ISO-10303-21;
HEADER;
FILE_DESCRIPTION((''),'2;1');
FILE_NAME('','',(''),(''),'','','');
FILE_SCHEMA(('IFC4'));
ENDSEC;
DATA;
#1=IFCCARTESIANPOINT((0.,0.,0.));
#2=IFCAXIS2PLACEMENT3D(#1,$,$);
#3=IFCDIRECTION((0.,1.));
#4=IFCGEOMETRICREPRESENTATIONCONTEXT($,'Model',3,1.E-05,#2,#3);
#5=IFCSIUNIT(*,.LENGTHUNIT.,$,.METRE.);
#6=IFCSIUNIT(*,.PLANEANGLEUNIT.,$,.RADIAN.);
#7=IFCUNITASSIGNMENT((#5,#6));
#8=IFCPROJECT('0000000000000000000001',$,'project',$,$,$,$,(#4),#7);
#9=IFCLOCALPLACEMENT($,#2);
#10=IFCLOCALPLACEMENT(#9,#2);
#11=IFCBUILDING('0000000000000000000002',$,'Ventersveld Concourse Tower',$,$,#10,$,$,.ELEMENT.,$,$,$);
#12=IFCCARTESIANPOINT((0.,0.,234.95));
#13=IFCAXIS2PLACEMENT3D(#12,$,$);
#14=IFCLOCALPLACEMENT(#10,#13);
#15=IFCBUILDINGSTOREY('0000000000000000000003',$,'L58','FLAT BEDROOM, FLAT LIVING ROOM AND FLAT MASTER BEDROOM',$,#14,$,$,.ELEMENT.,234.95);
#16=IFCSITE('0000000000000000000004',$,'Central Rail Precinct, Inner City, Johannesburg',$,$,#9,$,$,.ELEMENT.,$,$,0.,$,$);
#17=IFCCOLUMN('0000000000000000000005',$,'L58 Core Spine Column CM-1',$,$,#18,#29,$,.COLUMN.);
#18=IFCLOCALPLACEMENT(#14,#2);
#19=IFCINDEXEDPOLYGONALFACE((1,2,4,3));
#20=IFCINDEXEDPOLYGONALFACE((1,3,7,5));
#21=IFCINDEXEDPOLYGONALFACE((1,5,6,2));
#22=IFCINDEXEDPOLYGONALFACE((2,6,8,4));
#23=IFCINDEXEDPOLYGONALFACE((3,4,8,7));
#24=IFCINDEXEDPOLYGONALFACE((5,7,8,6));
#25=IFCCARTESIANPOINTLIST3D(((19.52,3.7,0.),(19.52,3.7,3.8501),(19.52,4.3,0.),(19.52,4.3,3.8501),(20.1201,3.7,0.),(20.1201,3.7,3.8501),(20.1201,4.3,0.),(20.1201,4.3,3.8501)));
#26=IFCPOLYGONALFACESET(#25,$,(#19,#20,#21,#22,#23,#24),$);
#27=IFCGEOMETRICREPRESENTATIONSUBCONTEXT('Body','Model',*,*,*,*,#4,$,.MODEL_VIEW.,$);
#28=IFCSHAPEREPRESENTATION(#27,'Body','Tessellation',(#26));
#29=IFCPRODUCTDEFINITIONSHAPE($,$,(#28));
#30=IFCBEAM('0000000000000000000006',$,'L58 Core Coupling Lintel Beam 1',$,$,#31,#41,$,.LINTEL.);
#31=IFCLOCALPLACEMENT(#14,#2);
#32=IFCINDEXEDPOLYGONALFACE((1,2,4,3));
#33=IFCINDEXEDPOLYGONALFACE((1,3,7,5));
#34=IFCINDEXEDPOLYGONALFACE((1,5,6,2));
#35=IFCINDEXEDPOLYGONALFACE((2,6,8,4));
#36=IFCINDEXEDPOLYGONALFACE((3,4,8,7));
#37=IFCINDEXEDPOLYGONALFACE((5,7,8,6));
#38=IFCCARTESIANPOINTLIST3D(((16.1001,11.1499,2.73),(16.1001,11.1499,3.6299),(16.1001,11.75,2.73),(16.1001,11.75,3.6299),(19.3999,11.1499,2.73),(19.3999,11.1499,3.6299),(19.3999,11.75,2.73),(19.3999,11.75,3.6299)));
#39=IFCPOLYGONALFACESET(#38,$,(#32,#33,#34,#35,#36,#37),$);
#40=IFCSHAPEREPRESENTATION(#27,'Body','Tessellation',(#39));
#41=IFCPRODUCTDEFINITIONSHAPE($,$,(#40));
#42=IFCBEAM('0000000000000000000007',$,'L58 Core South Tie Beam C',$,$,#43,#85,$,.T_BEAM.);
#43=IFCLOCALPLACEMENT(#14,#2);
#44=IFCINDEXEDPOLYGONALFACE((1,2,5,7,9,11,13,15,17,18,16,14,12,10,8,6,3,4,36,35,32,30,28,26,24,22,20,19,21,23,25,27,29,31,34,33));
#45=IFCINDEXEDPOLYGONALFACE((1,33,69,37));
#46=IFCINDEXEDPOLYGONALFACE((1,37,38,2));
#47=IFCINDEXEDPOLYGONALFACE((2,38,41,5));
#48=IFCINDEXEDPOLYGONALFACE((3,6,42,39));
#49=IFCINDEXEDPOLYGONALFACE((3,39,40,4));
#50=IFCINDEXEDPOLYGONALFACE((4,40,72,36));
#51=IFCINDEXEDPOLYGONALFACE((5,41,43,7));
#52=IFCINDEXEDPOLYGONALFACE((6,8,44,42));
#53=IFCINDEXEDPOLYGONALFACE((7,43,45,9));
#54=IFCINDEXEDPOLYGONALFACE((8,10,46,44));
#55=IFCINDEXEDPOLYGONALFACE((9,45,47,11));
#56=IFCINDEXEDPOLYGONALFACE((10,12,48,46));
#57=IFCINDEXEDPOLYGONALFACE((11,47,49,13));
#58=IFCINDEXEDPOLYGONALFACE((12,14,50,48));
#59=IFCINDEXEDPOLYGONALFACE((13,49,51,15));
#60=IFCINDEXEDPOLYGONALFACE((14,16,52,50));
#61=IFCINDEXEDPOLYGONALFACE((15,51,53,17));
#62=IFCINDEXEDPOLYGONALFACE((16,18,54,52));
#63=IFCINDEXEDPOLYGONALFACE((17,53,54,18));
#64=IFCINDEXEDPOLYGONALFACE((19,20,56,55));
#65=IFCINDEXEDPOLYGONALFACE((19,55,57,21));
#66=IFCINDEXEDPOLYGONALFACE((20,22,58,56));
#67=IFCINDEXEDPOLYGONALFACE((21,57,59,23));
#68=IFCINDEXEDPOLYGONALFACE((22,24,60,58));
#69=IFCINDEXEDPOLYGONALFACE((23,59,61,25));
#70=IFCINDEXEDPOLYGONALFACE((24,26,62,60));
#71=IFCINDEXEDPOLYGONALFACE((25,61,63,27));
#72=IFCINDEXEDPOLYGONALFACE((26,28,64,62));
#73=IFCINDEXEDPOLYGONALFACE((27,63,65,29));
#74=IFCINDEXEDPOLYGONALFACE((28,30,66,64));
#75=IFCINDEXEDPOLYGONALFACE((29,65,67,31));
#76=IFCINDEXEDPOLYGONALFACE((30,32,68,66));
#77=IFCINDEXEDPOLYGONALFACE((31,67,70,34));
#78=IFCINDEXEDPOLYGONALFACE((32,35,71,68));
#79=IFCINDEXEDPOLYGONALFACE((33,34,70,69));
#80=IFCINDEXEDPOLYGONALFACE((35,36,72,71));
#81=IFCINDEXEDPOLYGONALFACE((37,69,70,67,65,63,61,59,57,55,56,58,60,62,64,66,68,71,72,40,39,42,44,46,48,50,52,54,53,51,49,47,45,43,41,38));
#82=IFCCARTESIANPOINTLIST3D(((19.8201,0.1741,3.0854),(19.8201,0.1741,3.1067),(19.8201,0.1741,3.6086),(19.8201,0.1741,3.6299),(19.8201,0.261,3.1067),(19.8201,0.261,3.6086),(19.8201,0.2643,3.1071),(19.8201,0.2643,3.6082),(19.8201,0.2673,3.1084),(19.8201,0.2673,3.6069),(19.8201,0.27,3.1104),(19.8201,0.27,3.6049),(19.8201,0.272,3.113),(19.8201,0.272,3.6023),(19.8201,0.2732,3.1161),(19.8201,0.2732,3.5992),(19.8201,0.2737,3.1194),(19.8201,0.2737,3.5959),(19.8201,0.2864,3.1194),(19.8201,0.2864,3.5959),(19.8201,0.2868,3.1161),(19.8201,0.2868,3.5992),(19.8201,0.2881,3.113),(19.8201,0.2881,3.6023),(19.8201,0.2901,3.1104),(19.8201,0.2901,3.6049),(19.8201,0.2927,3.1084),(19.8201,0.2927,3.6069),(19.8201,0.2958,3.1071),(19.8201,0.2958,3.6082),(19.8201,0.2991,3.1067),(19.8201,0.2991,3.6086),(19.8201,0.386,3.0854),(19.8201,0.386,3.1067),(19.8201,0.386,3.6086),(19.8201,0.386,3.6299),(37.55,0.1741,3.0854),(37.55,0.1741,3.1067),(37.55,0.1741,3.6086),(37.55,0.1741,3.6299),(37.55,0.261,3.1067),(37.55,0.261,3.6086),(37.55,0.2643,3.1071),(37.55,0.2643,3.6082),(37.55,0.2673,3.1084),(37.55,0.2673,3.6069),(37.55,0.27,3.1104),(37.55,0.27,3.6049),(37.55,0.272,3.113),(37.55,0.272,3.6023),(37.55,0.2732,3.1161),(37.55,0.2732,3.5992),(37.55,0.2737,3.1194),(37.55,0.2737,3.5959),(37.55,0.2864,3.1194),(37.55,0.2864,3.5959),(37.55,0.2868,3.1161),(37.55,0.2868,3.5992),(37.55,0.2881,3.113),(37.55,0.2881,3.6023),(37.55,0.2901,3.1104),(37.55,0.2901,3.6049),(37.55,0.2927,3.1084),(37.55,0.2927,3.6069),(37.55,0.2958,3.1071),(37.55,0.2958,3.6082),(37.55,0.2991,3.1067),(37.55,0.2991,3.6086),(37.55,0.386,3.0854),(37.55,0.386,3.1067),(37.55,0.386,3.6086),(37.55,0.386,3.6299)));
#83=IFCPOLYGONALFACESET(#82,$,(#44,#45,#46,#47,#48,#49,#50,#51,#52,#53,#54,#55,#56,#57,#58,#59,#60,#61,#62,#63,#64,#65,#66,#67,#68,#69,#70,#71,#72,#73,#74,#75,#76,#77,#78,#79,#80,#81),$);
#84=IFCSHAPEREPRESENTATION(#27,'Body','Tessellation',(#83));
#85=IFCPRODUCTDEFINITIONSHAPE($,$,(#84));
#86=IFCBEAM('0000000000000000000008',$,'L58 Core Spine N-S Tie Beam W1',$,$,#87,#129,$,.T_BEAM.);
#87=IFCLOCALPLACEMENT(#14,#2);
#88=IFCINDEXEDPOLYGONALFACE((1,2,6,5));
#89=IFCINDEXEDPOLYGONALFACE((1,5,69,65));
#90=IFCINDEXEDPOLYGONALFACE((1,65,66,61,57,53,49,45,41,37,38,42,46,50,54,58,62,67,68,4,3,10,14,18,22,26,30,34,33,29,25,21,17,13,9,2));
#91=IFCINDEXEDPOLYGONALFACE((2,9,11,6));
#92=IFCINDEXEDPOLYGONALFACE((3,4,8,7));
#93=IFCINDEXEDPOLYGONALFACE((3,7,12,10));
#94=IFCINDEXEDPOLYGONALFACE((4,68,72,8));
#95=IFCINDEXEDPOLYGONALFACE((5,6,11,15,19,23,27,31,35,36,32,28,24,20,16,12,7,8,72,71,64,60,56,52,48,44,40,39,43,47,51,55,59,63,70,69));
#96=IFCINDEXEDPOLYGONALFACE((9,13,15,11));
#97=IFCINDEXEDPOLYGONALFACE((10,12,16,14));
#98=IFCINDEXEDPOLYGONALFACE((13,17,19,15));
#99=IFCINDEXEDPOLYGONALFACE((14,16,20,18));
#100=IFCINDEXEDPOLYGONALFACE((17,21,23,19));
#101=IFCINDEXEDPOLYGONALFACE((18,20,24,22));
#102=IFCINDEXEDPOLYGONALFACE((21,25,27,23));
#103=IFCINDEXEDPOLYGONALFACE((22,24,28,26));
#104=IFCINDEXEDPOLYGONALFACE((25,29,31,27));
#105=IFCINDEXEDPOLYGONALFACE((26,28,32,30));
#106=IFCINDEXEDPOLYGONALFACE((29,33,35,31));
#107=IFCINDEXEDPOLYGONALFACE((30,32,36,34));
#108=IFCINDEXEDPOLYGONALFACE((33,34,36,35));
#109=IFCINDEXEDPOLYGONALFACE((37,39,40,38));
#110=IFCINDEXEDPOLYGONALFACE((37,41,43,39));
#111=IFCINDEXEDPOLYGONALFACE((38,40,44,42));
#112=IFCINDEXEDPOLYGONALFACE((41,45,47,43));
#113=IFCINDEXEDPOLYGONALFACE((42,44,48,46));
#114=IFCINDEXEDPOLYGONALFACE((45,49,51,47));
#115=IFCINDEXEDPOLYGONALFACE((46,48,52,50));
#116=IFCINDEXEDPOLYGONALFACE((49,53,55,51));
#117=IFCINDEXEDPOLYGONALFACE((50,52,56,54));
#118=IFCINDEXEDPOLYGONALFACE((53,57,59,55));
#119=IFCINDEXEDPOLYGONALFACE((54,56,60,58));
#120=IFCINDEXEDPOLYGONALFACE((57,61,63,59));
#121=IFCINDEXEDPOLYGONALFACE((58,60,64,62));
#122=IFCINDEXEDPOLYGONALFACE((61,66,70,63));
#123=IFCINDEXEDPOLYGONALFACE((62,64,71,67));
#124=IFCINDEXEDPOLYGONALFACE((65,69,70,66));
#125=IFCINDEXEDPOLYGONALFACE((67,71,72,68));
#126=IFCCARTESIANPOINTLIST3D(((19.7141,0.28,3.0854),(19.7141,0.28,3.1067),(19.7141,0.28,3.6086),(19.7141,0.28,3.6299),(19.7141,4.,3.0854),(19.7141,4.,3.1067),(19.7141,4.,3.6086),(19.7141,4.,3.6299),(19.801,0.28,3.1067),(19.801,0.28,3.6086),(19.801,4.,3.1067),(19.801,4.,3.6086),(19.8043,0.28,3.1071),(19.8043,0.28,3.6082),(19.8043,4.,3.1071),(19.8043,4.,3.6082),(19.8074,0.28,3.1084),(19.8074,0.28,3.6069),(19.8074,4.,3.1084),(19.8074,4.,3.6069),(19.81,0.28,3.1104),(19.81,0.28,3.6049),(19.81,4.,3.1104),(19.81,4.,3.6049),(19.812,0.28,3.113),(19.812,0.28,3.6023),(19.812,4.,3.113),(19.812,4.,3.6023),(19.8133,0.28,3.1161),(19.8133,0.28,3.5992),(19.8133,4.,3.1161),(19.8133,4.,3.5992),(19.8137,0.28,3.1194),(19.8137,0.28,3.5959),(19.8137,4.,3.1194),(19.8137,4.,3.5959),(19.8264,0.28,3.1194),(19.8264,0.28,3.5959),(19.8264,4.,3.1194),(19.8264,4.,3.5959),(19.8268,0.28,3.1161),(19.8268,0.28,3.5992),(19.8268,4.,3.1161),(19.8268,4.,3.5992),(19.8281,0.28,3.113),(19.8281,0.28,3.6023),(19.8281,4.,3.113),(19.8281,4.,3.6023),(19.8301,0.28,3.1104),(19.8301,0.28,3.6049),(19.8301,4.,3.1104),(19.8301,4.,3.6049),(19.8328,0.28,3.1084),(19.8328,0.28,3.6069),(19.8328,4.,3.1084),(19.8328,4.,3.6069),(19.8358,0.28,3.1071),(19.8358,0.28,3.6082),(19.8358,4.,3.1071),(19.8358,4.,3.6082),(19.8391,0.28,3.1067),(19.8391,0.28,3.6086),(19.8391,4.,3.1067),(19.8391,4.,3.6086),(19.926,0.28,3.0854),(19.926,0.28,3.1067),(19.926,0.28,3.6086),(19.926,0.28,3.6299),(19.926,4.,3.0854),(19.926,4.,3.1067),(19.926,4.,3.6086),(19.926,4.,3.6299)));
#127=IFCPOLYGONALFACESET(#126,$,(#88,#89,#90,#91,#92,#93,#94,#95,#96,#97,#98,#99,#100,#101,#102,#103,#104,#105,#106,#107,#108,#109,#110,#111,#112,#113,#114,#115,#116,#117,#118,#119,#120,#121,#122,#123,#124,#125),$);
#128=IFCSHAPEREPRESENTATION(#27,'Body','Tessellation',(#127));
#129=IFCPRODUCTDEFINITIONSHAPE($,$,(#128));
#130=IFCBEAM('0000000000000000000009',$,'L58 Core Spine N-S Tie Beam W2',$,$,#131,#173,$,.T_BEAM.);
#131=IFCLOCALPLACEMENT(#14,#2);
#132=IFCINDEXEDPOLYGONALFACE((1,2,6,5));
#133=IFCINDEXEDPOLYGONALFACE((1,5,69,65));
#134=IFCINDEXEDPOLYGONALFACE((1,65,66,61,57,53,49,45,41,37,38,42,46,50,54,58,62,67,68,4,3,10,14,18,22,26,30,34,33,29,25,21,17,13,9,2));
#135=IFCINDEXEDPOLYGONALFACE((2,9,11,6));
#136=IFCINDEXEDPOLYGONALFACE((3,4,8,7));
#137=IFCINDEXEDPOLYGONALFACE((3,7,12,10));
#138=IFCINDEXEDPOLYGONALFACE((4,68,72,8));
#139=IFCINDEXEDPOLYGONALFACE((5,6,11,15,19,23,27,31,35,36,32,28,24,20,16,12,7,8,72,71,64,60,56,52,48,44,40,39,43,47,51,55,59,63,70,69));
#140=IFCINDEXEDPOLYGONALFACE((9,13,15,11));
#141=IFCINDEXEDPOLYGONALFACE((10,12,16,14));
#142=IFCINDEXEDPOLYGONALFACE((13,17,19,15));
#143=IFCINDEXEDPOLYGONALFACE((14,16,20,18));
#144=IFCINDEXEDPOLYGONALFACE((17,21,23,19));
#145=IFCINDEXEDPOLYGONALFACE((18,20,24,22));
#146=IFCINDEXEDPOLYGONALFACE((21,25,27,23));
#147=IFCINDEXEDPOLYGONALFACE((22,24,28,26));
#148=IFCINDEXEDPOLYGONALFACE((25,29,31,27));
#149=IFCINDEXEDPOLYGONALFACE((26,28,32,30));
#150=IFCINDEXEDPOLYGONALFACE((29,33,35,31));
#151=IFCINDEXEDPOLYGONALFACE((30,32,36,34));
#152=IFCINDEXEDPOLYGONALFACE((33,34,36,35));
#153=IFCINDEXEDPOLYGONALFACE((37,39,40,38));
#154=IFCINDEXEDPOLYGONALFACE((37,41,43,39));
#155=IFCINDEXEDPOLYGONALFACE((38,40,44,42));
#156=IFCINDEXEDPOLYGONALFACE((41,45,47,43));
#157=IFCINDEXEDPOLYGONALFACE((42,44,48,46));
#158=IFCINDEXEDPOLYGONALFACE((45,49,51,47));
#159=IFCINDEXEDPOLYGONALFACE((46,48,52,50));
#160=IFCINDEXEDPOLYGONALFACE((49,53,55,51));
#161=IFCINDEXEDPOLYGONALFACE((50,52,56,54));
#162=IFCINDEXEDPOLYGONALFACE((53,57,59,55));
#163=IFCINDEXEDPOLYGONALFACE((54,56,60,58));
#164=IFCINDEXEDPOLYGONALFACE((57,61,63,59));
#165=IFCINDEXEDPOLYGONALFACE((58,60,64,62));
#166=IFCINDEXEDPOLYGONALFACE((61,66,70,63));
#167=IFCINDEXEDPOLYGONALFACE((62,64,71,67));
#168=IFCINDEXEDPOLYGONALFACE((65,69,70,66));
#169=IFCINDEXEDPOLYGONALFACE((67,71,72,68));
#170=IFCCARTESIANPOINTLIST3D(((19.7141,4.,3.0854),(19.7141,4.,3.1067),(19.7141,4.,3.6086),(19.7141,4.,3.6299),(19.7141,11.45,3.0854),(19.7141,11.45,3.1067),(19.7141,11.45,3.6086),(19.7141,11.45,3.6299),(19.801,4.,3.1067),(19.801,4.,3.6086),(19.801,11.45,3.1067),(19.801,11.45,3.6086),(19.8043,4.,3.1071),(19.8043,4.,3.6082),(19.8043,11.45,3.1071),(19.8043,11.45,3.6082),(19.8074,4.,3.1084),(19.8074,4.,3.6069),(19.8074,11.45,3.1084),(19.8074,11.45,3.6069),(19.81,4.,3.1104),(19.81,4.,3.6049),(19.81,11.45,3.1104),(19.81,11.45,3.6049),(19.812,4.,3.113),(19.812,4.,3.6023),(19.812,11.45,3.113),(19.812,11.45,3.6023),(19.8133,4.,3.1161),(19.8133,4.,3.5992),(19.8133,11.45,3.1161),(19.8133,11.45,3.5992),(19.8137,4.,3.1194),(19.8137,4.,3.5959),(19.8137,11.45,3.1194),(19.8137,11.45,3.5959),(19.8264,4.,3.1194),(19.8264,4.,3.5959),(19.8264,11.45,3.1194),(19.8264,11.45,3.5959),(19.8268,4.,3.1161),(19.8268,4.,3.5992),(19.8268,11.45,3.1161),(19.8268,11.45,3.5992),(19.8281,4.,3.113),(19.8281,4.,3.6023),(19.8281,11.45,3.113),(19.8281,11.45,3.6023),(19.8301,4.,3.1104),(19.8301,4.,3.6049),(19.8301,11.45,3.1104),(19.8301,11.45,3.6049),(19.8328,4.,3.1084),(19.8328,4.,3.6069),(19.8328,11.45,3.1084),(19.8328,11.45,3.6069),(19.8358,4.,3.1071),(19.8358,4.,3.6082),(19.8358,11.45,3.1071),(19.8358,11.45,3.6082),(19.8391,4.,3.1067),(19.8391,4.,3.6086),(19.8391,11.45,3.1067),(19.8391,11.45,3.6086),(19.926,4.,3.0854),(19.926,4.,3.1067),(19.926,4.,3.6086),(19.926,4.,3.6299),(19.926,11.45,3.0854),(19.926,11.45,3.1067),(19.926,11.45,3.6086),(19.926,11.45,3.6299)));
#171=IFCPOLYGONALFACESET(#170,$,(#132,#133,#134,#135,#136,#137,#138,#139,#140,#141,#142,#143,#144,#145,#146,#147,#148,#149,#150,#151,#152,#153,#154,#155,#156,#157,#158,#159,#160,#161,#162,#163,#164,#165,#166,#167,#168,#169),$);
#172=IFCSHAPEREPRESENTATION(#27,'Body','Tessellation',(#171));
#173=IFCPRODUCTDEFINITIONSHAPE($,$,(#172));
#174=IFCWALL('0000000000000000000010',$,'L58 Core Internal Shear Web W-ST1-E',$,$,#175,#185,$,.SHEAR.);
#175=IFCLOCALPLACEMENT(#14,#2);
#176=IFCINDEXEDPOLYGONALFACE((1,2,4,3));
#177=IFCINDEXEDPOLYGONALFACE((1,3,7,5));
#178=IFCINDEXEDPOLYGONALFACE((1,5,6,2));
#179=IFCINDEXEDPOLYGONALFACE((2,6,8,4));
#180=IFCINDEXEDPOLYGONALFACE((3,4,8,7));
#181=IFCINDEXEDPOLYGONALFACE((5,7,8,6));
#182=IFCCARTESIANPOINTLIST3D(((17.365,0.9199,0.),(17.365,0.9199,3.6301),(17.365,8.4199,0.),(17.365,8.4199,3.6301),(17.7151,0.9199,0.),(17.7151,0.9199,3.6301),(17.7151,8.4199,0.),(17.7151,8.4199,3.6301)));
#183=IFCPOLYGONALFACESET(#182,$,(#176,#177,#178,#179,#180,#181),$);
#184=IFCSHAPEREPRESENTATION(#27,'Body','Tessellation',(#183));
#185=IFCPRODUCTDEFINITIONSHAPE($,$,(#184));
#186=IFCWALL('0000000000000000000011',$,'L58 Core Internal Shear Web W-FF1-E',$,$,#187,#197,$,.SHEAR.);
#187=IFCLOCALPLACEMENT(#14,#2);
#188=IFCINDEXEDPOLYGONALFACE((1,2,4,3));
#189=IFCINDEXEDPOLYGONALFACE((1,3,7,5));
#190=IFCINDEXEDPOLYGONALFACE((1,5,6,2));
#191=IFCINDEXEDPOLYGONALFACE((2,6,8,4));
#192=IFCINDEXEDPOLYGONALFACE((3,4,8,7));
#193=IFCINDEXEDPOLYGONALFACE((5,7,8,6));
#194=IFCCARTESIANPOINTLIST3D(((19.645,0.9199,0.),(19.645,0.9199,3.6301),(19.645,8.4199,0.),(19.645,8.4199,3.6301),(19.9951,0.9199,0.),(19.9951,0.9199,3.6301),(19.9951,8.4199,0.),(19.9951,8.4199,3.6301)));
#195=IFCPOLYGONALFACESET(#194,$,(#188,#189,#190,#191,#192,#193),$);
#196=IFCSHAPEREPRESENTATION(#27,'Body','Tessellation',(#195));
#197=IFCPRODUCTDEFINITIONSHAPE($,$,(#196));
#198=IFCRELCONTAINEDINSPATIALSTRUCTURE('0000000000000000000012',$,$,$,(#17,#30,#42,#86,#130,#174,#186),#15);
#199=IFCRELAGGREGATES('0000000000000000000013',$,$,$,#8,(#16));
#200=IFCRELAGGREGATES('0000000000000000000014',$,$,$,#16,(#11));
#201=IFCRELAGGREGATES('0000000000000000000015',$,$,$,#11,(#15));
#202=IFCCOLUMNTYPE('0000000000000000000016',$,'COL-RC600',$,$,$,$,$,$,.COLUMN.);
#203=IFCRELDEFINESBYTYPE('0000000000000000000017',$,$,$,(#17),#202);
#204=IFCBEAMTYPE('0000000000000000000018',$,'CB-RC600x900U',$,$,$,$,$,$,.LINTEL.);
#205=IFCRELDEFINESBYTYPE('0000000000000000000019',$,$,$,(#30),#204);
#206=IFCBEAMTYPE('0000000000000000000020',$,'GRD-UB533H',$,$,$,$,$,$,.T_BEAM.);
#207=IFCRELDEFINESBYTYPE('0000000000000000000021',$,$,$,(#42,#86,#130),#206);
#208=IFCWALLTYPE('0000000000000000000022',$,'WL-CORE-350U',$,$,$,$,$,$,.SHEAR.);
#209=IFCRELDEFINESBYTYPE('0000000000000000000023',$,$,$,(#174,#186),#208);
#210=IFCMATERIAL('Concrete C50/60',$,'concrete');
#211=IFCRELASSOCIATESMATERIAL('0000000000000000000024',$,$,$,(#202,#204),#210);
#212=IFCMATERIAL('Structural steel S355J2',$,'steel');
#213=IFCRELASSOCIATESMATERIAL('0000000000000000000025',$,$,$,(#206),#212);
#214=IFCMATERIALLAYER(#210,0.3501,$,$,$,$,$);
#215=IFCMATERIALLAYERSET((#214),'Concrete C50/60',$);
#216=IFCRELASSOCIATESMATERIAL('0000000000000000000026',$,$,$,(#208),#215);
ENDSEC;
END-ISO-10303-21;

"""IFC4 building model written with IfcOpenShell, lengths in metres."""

from ifc_helpers import new_model, si_unit, direction, frame, frame_2d, origin, origin_2d, place, context, subcontext, project, spatial, rectangle, i_section, extrude, material, layer, layer_set, material_profile, profile_set, type_object, element, save


model = new_model("IFC4")

# Units and contexts
model_context = context("Model", 3, precision=1e-05, world=origin(), true_north=direction((0.0, 1.0)))
body_context = subcontext(model_context, "Body", "Model", "MODEL_VIEW")
ifc_project = project(units=[si_unit("LENGTHUNIT", "METRE"), si_unit("PLANEANGLEUNIT", "RADIAN")], contexts=[model_context])

# Site, building, storey
site_placement = place(None, origin())
site = spatial("IfcSite", under=ifc_project, at=site_placement, Name="Central Rail Precinct, Inner City, Johannesburg", CompositionType="ELEMENT", RefElevation=0.0)
building_placement = place(site_placement, origin())
building = spatial("IfcBuilding", under=site, at=building_placement, Name="Ventersveld Concourse Tower", CompositionType="ELEMENT")
storey_placement = place(building_placement, frame((0.0, 0.0, 234.95)))
storey = spatial("IfcBuildingStorey", under=building, at=storey_placement, Name="L58", Description="FLAT BEDROOM, FLAT LIVING ROOM AND FLAT MASTER BEDROOM", CompositionType="ELEMENT", Elevation=234.95)

# Column
ifc_material_1 = material(Name="Concrete C50/60", Category="concrete")
ifc_material_profile_1 = material_profile(ifc_material_1, rectangle(XDim=0.6001, YDim=0.6001, at=origin_2d()), Name="RC 600x600")
ifc_profile_set_1 = profile_set([ifc_material_profile_1], Name="Concrete C50/60")
column_type = type_object("IfcColumnType", Name="COL-RC600", PredefinedType="COLUMN", material=ifc_profile_set_1)
column_placement = place(storey_placement, frame((19.8201, 4.0, 0.0), z_axis=(0.0, 0.0, 1.0), x_axis=(1.0, 0.0, 0.0)))
element("IfcColumn", 1, at=column_placement, inside=storey, type_object=column_type, Name="L58 Core Spine Column CM-1", PredefinedType="COLUMN", context=body_context, shape_type="SweptSolid", body=[
    extrude(rectangle(XDim=0.6001, YDim=0.6001, at=origin_2d()), origin(), (0.0, 0.0, 1.0), 3.8501),
])

# Beams
ifc_material_profile_2 = material_profile(ifc_material_1, rectangle(XDim=0.6001, YDim=0.8999, at=origin_2d()), Name="RC 600x900")
ifc_profile_set_2 = profile_set([ifc_material_profile_2], Name="Concrete C50/60")
beam_type_1 = type_object("IfcBeamType", Name="CB-RC600x900U", PredefinedType="LINTEL", material=ifc_profile_set_2)
beam_1_placement = place(storey_placement, frame((16.1001, 11.45, 3.1799), z_axis=(1.0, 0.0, 0.0), x_axis=(0.0, 1.0, 0.0)))
element("IfcBeam", 2, at=beam_1_placement, inside=storey, type_object=beam_type_1, Name="L58 Core Coupling Lintel Beam 1", PredefinedType="LINTEL", context=body_context, shape_type="SweptSolid", body=[
    extrude(rectangle(XDim=0.6001, YDim=0.8999, at=origin_2d()), origin(), (0.0, 0.0, 1.0), 3.2998),
])
ifc_material_2 = material(Name="Structural steel S355J2", Category="steel")
ifc_material_profile_3 = material_profile(ifc_material_2, i_section(OverallWidth=0.2119, OverallDepth=0.5444, WebThickness=0.0127, FlangeThickness=0.0212, FilletRadius=0.0127, at=origin_2d()), Name="UB 533x210x122")
ifc_profile_set_3 = profile_set([ifc_material_profile_3], Name="Structural steel S355J2")
beam_type_2 = type_object("IfcBeamType", Name="GRD-UB533H", PredefinedType="T_BEAM", material=ifc_profile_set_3)
beam_2_placement = place(storey_placement, frame((19.8201, 0.28, 3.3577), z_axis=(1.0, 0.0, 0.0), x_axis=(0.0, 1.0, 0.0)))
element("IfcBeam", 3, at=beam_2_placement, inside=storey, type_object=beam_type_2, Name="L58 Core South Tie Beam C", PredefinedType="T_BEAM", context=body_context, shape_type="SweptSolid", body=[
    extrude(i_section(OverallWidth=0.2119, OverallDepth=0.5444, WebThickness=0.0127, FlangeThickness=0.0212, FilletRadius=0.0127, at=origin_2d()), origin(), (0.0, 0.0, 1.0), 17.73),
])
beam_3_placement = place(storey_placement, frame((19.8201, 0.28, 3.3577), z_axis=(0.0, 1.0, 0.0), x_axis=(-1.0, 0.0, 0.0)))
element("IfcBeam", 4, at=beam_3_placement, inside=storey, type_object=beam_type_2, Name="L58 Core Spine N-S Tie Beam W1", PredefinedType="T_BEAM", context=body_context, shape_type="SweptSolid", body=[
    extrude(i_section(OverallWidth=0.2119, OverallDepth=0.5444, WebThickness=0.0127, FlangeThickness=0.0212, FilletRadius=0.0127, at=origin_2d()), origin(), (0.0, 0.0, 1.0), 3.72),
])
beam_4_placement = place(storey_placement, frame((19.8201, 4.0, 3.3577), z_axis=(0.0, 1.0, 0.0), x_axis=(-1.0, 0.0, 0.0)))
element("IfcBeam", 5, at=beam_4_placement, inside=storey, type_object=beam_type_2, Name="L58 Core Spine N-S Tie Beam W2", PredefinedType="T_BEAM", context=body_context, shape_type="SweptSolid", body=[
    extrude(i_section(OverallWidth=0.2119, OverallDepth=0.5444, WebThickness=0.0127, FlangeThickness=0.0212, FilletRadius=0.0127, at=origin_2d()), origin(), (0.0, 0.0, 1.0), 7.45),
])

# Walls
ifc_layer_1 = layer(ifc_material_1, 0.3501)
ifc_layer_set_1 = layer_set([ifc_layer_1], Name="Concrete C50/60")
wall_type_1 = type_object("IfcWallType", Name="WL-CORE-350U", PredefinedType="SHEAR", material=ifc_layer_set_1)
for number, where, z_axis, x_axis, name in (
    (6, (17.54, 0.9199, 0.0), (0.0, 0.0, 1.0), (0.0, 1.0, 0.0), "L58 Core Internal Shear Web W-ST1-E"),
    (7, (19.8201, 0.9199, 0.0), (0.0, 0.0, 1.0), (0.0, 1.0, 0.0), "L58 Core Internal Shear Web W-FF1-E"),
):
    element("IfcWall", number, at=place(storey_placement, frame(where, z_axis=z_axis, x_axis=x_axis)), inside=storey, type_object=wall_type_1, Name=name, PredefinedType="SHEAR", context=body_context, shape_type="SweptSolid", body=[
        extrude(rectangle(XDim=7.5, YDim=0.3501, at=frame_2d((3.75, 0.0))), origin(), (0.0, 0.0, 1.0), 3.6301),
    ])

save(model, "model.ifc")
